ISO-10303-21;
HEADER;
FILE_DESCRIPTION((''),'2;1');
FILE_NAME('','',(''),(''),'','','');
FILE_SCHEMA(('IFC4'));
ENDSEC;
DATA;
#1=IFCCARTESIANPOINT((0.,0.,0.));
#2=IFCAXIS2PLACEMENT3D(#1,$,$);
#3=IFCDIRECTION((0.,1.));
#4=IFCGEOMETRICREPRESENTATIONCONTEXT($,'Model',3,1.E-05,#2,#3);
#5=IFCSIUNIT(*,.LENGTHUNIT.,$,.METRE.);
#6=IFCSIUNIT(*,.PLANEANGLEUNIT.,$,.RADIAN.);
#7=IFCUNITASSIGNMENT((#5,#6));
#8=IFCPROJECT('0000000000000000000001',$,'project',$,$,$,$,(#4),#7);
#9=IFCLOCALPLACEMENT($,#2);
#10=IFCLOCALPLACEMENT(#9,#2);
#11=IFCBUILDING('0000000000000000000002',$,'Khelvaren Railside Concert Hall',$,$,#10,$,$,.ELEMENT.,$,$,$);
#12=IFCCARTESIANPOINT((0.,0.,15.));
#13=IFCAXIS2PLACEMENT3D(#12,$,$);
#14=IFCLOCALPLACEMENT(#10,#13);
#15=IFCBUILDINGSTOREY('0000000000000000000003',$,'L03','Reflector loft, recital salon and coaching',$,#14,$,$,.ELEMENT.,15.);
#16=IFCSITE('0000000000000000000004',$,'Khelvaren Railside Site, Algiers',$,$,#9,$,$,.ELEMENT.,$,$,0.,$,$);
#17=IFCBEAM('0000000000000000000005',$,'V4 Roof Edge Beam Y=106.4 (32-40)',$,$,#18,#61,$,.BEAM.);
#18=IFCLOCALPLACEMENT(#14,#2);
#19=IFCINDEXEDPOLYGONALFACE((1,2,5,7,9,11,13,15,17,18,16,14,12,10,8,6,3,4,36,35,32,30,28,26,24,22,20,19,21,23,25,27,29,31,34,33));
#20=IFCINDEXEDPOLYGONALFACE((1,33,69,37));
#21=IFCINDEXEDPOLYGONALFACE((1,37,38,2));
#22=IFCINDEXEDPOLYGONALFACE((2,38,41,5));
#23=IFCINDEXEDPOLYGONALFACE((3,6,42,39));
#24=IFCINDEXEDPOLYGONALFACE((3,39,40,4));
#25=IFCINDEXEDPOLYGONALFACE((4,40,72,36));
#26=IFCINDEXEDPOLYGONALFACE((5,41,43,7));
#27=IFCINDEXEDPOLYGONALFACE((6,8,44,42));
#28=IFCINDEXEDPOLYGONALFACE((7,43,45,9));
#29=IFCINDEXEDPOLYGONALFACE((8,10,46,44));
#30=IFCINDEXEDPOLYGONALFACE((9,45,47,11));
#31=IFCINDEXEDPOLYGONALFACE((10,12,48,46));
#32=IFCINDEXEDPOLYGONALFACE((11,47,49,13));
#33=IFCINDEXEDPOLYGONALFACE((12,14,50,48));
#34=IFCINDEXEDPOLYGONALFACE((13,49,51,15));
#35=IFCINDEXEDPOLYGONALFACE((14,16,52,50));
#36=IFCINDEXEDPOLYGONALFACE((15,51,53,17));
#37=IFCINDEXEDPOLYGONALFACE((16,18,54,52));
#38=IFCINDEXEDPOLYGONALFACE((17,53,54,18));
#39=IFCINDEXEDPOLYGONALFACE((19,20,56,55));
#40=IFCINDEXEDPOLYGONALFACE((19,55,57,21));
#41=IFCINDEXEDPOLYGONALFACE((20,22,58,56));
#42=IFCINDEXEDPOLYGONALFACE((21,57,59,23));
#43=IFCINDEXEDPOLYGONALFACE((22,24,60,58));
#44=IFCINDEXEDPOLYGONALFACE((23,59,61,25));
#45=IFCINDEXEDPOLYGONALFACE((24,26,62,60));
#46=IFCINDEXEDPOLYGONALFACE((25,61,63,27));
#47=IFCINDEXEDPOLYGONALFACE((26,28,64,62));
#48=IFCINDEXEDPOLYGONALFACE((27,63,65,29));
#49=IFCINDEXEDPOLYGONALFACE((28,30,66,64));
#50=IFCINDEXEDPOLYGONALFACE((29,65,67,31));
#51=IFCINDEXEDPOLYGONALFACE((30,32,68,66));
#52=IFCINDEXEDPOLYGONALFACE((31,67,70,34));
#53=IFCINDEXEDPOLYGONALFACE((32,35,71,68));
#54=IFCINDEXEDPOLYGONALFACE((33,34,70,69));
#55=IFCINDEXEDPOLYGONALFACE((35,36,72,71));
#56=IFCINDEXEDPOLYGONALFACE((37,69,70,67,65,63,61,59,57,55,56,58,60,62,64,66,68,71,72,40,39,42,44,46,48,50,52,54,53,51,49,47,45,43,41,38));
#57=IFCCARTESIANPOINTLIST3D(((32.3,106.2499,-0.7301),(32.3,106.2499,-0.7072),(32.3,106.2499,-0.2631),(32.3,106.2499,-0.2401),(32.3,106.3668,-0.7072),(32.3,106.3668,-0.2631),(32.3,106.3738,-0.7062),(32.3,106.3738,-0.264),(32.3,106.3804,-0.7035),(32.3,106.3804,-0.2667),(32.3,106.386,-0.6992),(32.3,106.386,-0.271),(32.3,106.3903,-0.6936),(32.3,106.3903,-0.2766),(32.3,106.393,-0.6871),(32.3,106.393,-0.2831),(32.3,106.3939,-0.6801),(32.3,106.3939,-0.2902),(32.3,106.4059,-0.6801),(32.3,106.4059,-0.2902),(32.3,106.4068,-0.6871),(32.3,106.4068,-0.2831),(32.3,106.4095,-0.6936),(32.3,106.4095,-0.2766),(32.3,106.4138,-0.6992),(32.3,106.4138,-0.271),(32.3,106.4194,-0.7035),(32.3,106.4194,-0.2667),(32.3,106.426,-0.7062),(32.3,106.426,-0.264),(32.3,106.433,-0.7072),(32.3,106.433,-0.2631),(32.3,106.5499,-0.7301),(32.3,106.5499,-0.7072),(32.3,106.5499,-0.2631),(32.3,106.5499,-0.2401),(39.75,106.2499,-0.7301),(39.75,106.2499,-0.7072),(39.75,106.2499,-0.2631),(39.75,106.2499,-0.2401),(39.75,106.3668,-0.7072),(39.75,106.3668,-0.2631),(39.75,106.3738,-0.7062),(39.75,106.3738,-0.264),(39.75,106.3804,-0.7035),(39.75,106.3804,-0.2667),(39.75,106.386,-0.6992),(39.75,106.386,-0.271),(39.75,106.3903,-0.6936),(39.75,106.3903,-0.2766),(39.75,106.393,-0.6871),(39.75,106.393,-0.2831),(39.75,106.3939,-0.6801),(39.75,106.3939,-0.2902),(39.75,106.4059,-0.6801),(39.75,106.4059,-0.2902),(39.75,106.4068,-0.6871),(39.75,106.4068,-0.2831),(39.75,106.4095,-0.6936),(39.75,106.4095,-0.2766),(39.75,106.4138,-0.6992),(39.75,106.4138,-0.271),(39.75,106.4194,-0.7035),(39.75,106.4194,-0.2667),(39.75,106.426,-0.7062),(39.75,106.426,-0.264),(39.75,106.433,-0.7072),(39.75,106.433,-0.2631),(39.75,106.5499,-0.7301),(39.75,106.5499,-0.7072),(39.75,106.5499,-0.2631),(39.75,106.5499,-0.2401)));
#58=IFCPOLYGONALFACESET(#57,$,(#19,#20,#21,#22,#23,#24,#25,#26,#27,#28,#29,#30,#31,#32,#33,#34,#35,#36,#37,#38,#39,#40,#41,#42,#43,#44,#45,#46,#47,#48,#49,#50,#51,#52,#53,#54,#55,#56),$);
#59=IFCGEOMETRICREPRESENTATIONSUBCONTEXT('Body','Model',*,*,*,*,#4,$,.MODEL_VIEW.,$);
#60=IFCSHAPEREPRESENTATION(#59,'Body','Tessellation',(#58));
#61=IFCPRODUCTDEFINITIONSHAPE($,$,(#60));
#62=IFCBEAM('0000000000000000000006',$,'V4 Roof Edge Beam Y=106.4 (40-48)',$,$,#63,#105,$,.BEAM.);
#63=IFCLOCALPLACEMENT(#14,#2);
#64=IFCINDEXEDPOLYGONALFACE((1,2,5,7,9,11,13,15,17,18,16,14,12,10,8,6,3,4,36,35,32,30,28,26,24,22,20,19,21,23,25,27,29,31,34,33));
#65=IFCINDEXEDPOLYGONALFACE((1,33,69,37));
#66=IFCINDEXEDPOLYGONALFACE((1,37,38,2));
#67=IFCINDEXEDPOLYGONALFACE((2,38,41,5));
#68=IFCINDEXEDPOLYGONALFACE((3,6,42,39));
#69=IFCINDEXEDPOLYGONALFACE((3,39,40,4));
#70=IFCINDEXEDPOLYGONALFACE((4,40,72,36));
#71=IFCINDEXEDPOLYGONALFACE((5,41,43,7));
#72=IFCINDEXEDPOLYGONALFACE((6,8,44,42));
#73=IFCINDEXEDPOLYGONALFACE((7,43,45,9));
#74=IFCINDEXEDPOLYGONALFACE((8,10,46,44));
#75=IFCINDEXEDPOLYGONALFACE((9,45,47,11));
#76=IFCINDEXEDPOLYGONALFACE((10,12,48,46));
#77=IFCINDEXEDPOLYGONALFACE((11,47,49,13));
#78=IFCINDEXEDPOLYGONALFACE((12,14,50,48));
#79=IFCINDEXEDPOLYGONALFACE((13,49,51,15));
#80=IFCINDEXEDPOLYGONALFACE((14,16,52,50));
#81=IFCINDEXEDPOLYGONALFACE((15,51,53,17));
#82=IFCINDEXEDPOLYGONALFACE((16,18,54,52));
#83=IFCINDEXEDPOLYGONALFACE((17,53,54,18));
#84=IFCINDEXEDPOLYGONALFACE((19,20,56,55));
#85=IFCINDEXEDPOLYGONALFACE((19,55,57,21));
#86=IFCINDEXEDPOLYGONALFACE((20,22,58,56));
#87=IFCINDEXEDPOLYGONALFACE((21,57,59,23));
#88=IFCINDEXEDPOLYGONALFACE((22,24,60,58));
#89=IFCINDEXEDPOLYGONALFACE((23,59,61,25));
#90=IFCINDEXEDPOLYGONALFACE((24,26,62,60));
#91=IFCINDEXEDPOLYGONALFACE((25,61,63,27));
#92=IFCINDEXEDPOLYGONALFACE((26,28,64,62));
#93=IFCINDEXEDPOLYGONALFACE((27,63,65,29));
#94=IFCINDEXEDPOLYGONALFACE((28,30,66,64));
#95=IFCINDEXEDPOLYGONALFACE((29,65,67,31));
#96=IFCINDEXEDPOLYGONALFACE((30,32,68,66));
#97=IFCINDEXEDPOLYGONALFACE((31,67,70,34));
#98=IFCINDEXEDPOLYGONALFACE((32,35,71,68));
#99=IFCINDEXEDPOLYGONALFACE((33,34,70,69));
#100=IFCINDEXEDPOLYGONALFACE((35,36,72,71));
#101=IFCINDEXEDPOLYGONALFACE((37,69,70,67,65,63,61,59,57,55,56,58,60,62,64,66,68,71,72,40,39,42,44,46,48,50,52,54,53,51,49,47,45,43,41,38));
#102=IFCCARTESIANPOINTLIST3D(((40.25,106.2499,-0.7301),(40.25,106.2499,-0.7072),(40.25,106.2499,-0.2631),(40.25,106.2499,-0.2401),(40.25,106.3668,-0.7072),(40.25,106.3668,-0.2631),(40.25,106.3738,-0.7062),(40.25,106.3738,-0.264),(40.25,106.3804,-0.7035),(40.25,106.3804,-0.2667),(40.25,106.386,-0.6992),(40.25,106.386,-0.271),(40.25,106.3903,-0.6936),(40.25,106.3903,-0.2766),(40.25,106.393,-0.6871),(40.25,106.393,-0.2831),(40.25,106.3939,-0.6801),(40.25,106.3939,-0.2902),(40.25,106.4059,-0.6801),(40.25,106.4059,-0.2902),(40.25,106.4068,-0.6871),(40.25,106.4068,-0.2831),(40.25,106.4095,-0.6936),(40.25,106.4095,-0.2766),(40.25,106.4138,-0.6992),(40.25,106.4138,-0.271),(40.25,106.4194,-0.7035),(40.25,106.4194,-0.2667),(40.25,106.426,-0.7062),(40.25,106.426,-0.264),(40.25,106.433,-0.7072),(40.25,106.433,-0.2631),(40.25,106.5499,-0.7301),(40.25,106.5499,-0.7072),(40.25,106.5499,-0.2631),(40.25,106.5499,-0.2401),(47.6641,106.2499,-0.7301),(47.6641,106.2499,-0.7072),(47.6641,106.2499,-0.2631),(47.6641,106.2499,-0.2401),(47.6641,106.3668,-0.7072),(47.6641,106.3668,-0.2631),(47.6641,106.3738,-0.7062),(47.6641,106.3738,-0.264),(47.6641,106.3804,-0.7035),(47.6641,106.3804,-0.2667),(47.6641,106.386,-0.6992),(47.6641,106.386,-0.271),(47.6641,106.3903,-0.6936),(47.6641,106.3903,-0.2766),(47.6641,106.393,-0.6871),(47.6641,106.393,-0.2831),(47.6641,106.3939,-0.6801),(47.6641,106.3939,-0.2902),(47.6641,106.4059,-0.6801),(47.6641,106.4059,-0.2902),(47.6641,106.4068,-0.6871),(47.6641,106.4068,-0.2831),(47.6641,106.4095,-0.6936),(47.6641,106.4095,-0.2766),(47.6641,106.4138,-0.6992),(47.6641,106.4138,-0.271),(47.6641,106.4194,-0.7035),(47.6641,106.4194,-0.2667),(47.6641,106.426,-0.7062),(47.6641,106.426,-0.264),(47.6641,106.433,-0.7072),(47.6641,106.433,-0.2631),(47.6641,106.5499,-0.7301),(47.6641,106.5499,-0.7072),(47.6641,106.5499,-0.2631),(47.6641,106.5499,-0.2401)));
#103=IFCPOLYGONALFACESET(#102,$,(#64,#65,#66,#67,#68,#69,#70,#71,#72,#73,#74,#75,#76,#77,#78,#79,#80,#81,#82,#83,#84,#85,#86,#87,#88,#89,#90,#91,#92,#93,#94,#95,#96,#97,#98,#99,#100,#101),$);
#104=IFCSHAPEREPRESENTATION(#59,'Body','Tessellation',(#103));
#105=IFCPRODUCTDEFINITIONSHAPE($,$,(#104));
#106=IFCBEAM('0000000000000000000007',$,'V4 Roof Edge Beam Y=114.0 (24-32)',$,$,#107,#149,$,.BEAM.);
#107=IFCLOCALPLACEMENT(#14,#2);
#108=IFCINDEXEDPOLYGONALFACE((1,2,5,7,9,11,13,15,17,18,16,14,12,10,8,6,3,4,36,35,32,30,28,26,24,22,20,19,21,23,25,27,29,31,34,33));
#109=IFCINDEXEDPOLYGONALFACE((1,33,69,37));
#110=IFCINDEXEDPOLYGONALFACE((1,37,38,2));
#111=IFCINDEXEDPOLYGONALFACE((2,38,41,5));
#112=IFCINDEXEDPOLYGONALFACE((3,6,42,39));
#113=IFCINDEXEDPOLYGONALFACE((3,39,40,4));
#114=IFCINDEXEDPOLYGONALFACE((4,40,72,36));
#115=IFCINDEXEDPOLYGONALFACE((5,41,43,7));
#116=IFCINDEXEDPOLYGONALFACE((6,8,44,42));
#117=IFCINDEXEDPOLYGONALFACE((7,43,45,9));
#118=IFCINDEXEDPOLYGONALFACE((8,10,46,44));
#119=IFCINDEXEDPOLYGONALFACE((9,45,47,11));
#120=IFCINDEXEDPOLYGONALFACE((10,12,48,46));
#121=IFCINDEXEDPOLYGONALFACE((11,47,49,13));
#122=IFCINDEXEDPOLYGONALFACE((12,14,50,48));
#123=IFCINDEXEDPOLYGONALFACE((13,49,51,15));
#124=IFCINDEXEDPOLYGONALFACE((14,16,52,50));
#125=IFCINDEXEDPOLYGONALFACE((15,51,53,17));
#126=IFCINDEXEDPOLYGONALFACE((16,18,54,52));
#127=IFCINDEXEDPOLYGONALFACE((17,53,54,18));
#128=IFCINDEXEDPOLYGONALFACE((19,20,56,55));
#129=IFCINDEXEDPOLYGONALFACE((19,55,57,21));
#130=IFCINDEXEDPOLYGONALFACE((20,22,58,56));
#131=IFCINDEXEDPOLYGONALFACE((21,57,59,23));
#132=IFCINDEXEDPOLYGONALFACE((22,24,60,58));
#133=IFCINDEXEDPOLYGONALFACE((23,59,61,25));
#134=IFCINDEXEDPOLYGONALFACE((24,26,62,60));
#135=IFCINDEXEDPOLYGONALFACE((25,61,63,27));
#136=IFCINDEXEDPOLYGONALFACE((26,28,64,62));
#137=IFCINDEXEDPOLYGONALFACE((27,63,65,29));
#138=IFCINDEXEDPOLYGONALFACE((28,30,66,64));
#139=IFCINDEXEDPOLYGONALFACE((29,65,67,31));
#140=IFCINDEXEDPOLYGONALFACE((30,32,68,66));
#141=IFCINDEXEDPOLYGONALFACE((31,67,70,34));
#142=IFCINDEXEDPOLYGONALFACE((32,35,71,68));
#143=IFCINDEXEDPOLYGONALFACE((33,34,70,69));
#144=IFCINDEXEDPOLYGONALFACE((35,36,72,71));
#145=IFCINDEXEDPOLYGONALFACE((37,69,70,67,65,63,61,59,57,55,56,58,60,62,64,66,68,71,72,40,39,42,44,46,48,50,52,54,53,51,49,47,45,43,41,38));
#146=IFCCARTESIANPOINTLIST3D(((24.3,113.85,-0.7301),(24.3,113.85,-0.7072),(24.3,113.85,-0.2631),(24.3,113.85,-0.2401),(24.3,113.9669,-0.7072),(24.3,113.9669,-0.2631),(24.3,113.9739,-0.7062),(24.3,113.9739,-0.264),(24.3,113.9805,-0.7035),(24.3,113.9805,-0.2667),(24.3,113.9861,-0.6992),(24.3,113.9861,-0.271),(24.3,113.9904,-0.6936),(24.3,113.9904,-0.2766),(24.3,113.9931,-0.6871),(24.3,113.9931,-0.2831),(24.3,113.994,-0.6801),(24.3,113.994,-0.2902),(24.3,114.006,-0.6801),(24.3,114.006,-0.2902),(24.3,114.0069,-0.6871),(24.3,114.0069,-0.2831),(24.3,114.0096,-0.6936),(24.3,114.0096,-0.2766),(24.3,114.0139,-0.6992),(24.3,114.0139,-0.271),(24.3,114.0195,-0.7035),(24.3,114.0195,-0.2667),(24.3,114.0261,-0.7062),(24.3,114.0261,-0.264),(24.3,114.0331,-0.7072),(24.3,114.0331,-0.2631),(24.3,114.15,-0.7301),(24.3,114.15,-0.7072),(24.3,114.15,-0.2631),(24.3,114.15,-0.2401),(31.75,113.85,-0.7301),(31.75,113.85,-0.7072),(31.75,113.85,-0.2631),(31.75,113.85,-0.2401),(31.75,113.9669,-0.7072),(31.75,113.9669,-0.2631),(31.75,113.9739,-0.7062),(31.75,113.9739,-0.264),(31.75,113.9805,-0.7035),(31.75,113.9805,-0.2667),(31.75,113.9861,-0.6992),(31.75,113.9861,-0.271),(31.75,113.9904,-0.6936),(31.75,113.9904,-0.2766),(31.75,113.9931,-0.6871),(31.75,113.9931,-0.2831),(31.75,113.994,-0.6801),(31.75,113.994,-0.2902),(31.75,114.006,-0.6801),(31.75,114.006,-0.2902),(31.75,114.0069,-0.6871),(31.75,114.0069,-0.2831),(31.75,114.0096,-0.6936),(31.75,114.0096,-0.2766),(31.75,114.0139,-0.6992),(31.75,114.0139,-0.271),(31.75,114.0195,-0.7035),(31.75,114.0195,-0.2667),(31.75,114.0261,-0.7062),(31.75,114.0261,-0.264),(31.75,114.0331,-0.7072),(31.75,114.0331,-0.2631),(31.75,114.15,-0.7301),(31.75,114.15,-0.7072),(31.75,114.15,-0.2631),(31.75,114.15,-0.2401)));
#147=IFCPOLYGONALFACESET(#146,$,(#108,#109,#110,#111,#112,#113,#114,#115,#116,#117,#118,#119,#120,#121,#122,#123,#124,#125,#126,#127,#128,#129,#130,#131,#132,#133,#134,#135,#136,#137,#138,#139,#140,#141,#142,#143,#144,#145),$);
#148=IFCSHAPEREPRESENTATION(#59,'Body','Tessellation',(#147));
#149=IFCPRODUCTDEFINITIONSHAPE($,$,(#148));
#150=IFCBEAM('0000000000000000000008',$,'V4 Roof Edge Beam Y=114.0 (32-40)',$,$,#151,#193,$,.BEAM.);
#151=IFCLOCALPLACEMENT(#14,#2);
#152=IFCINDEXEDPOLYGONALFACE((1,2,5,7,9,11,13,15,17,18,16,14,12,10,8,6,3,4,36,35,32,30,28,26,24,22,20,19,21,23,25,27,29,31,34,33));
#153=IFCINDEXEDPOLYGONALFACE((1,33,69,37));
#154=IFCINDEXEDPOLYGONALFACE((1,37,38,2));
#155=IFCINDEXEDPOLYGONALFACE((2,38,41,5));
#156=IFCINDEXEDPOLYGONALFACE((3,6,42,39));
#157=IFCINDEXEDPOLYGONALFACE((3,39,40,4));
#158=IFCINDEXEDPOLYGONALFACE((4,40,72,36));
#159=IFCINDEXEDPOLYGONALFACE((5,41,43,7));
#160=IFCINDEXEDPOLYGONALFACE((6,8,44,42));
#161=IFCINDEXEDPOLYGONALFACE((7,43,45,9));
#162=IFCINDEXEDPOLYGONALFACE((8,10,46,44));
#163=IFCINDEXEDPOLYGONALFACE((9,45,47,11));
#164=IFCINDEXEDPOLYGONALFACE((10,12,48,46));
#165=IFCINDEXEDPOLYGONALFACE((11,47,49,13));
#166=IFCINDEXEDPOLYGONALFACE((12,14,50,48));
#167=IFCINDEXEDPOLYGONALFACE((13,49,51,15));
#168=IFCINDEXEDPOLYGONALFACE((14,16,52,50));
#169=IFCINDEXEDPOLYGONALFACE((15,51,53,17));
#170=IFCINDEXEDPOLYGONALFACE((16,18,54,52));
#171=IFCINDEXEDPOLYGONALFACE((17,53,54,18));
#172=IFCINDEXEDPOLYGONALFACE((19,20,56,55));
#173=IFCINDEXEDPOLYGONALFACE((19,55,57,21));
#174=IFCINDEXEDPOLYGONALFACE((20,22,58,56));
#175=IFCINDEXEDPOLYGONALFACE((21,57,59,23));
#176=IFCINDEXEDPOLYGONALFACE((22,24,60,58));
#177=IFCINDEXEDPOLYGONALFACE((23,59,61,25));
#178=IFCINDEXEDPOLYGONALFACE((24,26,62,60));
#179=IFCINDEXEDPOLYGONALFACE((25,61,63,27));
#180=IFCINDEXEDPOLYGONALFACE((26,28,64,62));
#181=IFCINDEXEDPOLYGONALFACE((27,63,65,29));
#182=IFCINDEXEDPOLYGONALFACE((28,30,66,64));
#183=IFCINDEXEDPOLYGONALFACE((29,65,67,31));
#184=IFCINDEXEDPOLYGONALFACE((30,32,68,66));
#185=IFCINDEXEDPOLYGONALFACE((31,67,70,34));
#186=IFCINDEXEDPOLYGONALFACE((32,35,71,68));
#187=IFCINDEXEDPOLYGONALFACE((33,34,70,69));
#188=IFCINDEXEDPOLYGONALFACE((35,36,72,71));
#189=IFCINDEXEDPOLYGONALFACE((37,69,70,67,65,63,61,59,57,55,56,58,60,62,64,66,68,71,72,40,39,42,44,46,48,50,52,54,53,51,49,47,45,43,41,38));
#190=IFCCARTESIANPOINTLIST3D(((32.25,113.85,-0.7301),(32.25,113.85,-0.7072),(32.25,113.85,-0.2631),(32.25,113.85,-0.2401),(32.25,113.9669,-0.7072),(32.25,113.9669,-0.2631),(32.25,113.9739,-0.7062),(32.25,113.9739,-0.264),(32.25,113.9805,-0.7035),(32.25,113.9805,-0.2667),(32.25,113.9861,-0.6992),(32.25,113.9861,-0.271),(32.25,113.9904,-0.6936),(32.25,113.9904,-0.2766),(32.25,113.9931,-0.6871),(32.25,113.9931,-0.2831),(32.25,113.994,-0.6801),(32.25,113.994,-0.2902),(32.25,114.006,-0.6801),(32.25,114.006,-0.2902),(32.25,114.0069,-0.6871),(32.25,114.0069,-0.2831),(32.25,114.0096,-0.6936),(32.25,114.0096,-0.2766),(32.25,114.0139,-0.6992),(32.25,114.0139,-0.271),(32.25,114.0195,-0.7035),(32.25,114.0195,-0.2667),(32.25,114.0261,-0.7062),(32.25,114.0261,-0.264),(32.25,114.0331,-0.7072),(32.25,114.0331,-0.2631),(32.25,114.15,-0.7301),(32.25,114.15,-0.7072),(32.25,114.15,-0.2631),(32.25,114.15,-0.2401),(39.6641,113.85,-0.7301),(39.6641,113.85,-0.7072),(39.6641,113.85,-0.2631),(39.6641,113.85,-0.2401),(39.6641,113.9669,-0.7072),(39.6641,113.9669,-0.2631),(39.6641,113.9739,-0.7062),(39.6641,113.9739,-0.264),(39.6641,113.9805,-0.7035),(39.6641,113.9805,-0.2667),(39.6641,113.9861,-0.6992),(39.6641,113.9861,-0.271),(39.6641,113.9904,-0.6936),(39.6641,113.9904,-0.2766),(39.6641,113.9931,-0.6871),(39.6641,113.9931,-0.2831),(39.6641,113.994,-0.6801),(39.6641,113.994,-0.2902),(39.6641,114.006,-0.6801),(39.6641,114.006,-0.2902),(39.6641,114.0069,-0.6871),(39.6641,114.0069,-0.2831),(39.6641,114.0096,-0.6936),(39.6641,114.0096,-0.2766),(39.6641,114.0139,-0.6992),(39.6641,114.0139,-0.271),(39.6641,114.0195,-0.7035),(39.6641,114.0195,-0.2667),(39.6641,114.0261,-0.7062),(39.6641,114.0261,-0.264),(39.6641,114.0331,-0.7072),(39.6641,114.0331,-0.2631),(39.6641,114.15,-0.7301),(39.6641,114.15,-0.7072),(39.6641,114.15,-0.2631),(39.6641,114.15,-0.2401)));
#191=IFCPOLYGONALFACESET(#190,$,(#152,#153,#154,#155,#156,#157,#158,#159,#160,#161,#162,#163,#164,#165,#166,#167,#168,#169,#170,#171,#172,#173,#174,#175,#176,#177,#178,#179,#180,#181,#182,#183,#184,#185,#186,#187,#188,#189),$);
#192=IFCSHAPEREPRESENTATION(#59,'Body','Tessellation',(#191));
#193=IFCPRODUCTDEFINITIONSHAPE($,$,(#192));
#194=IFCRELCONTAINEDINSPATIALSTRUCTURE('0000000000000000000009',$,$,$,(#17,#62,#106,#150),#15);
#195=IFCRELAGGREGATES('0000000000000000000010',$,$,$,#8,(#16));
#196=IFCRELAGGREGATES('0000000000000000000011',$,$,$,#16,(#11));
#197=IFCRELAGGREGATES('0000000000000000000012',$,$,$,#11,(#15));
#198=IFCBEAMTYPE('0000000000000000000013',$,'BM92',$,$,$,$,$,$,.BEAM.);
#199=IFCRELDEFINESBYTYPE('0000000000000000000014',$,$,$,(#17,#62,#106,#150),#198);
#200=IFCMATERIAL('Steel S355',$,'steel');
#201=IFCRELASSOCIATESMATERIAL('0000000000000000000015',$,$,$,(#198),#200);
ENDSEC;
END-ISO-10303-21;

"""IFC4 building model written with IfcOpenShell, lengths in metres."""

from ifc_helpers import new_model, si_unit, direction, frame, origin, origin_2d, place, context, subcontext, project, spatial, i_section, extrude, material, material_profile, profile_set, type_object, element, save


model = new_model("IFC4")

# Units and contexts
model_context = context("Model", 3, precision=1e-05, world=origin(), true_north=direction((0.0, 1.0)))
body_context = subcontext(model_context, "Body", "Model", "MODEL_VIEW")
ifc_project = project(units=[si_unit("LENGTHUNIT", "METRE"), si_unit("PLANEANGLEUNIT", "RADIAN")], contexts=[model_context])

# Site, building, storey
site_placement = place(None, origin())
site = spatial("IfcSite", under=ifc_project, at=site_placement, Name="Khelvaren Railside Site, Algiers", CompositionType="ELEMENT", RefElevation=0.0)
building_placement = place(site_placement, origin())
building = spatial("IfcBuilding", under=site, at=building_placement, Name="Khelvaren Railside Concert Hall", CompositionType="ELEMENT")
storey_placement = place(building_placement, frame((0.0, 0.0, 15.0)))
storey = spatial("IfcBuildingStorey", under=building, at=storey_placement, Name="L03", Description="Reflector loft, recital salon and coaching", CompositionType="ELEMENT", Elevation=15.0)

# Beams
ifc_material_1 = material(Name="Steel S355", Category="steel")
ifc_material_profile_1 = material_profile(ifc_material_1, i_section(OverallWidth=0.3, OverallDepth=0.49, WebThickness=0.012, FlangeThickness=0.0229, FilletRadius=0.0271, at=origin_2d()), Name="HEA 500")
ifc_profile_set_1 = profile_set([ifc_material_profile_1], Name="Steel S355")
beam_type = type_object("IfcBeamType", Name="BM92", PredefinedType="BEAM", material=ifc_profile_set_1)
for number, where, z_axis, x_axis, name in (
    (1, (32.3, 106.3999, -0.4851), (1.0, 0.0, 0.0), (0.0, 1.0, 0.0), "V4 Roof Edge Beam Y=106.4 (32-40)"),
):
    element("IfcBeam", number, at=place(storey_placement, frame(where, z_axis=z_axis, x_axis=x_axis)), inside=storey, type_object=beam_type, Name=name, PredefinedType="BEAM", context=body_context, shape_type="SweptSolid", body=[
        extrude(i_section(OverallWidth=0.3, OverallDepth=0.49, WebThickness=0.012, FlangeThickness=0.0229, FilletRadius=0.0271, at=origin_2d()), origin(), (0.0, 0.0, 1.0), 7.45),
    ])
beam_1_placement = place(storey_placement, frame((40.25, 106.3999, -0.4851), z_axis=(1.0, 0.0, 0.0), x_axis=(0.0, 1.0, 0.0)))
element("IfcBeam", 2, at=beam_1_placement, inside=storey, type_object=beam_type, Name="V4 Roof Edge Beam Y=106.4 (40-48)", PredefinedType="BEAM", context=body_context, shape_type="SweptSolid", body=[
    extrude(i_section(OverallWidth=0.3, OverallDepth=0.49, WebThickness=0.012, FlangeThickness=0.0229, FilletRadius=0.0271, at=origin_2d()), origin(), (0.0, 0.0, 1.0), 7.4141),
])
beam_2_placement = place(storey_placement, frame((24.3, 114.0, -0.4851), z_axis=(1.0, 0.0, 0.0), x_axis=(0.0, 1.0, 0.0)))
element("IfcBeam", 3, at=beam_2_placement, inside=storey, type_object=beam_type, Name="V4 Roof Edge Beam Y=114.0 (24-32)", PredefinedType="BEAM", context=body_context, shape_type="SweptSolid", body=[
    extrude(i_section(OverallWidth=0.3, OverallDepth=0.49, WebThickness=0.012, FlangeThickness=0.0229, FilletRadius=0.0271, at=origin_2d()), origin(), (0.0, 0.0, 1.0), 7.45),
])
beam_3_placement = place(storey_placement, frame((32.25, 114.0, -0.4851), z_axis=(1.0, 0.0, 0.0), x_axis=(0.0, 1.0, 0.0)))
element("IfcBeam", 4, at=beam_3_placement, inside=storey, type_object=beam_type, Name="V4 Roof Edge Beam Y=114.0 (32-40)", PredefinedType="BEAM", context=body_context, shape_type="SweptSolid", body=[
    extrude(i_section(OverallWidth=0.3, OverallDepth=0.49, WebThickness=0.012, FlangeThickness=0.0229, FilletRadius=0.0271, at=origin_2d()), origin(), (0.0, 0.0, 1.0), 7.4141),
])

save(model, "model.ifc")
